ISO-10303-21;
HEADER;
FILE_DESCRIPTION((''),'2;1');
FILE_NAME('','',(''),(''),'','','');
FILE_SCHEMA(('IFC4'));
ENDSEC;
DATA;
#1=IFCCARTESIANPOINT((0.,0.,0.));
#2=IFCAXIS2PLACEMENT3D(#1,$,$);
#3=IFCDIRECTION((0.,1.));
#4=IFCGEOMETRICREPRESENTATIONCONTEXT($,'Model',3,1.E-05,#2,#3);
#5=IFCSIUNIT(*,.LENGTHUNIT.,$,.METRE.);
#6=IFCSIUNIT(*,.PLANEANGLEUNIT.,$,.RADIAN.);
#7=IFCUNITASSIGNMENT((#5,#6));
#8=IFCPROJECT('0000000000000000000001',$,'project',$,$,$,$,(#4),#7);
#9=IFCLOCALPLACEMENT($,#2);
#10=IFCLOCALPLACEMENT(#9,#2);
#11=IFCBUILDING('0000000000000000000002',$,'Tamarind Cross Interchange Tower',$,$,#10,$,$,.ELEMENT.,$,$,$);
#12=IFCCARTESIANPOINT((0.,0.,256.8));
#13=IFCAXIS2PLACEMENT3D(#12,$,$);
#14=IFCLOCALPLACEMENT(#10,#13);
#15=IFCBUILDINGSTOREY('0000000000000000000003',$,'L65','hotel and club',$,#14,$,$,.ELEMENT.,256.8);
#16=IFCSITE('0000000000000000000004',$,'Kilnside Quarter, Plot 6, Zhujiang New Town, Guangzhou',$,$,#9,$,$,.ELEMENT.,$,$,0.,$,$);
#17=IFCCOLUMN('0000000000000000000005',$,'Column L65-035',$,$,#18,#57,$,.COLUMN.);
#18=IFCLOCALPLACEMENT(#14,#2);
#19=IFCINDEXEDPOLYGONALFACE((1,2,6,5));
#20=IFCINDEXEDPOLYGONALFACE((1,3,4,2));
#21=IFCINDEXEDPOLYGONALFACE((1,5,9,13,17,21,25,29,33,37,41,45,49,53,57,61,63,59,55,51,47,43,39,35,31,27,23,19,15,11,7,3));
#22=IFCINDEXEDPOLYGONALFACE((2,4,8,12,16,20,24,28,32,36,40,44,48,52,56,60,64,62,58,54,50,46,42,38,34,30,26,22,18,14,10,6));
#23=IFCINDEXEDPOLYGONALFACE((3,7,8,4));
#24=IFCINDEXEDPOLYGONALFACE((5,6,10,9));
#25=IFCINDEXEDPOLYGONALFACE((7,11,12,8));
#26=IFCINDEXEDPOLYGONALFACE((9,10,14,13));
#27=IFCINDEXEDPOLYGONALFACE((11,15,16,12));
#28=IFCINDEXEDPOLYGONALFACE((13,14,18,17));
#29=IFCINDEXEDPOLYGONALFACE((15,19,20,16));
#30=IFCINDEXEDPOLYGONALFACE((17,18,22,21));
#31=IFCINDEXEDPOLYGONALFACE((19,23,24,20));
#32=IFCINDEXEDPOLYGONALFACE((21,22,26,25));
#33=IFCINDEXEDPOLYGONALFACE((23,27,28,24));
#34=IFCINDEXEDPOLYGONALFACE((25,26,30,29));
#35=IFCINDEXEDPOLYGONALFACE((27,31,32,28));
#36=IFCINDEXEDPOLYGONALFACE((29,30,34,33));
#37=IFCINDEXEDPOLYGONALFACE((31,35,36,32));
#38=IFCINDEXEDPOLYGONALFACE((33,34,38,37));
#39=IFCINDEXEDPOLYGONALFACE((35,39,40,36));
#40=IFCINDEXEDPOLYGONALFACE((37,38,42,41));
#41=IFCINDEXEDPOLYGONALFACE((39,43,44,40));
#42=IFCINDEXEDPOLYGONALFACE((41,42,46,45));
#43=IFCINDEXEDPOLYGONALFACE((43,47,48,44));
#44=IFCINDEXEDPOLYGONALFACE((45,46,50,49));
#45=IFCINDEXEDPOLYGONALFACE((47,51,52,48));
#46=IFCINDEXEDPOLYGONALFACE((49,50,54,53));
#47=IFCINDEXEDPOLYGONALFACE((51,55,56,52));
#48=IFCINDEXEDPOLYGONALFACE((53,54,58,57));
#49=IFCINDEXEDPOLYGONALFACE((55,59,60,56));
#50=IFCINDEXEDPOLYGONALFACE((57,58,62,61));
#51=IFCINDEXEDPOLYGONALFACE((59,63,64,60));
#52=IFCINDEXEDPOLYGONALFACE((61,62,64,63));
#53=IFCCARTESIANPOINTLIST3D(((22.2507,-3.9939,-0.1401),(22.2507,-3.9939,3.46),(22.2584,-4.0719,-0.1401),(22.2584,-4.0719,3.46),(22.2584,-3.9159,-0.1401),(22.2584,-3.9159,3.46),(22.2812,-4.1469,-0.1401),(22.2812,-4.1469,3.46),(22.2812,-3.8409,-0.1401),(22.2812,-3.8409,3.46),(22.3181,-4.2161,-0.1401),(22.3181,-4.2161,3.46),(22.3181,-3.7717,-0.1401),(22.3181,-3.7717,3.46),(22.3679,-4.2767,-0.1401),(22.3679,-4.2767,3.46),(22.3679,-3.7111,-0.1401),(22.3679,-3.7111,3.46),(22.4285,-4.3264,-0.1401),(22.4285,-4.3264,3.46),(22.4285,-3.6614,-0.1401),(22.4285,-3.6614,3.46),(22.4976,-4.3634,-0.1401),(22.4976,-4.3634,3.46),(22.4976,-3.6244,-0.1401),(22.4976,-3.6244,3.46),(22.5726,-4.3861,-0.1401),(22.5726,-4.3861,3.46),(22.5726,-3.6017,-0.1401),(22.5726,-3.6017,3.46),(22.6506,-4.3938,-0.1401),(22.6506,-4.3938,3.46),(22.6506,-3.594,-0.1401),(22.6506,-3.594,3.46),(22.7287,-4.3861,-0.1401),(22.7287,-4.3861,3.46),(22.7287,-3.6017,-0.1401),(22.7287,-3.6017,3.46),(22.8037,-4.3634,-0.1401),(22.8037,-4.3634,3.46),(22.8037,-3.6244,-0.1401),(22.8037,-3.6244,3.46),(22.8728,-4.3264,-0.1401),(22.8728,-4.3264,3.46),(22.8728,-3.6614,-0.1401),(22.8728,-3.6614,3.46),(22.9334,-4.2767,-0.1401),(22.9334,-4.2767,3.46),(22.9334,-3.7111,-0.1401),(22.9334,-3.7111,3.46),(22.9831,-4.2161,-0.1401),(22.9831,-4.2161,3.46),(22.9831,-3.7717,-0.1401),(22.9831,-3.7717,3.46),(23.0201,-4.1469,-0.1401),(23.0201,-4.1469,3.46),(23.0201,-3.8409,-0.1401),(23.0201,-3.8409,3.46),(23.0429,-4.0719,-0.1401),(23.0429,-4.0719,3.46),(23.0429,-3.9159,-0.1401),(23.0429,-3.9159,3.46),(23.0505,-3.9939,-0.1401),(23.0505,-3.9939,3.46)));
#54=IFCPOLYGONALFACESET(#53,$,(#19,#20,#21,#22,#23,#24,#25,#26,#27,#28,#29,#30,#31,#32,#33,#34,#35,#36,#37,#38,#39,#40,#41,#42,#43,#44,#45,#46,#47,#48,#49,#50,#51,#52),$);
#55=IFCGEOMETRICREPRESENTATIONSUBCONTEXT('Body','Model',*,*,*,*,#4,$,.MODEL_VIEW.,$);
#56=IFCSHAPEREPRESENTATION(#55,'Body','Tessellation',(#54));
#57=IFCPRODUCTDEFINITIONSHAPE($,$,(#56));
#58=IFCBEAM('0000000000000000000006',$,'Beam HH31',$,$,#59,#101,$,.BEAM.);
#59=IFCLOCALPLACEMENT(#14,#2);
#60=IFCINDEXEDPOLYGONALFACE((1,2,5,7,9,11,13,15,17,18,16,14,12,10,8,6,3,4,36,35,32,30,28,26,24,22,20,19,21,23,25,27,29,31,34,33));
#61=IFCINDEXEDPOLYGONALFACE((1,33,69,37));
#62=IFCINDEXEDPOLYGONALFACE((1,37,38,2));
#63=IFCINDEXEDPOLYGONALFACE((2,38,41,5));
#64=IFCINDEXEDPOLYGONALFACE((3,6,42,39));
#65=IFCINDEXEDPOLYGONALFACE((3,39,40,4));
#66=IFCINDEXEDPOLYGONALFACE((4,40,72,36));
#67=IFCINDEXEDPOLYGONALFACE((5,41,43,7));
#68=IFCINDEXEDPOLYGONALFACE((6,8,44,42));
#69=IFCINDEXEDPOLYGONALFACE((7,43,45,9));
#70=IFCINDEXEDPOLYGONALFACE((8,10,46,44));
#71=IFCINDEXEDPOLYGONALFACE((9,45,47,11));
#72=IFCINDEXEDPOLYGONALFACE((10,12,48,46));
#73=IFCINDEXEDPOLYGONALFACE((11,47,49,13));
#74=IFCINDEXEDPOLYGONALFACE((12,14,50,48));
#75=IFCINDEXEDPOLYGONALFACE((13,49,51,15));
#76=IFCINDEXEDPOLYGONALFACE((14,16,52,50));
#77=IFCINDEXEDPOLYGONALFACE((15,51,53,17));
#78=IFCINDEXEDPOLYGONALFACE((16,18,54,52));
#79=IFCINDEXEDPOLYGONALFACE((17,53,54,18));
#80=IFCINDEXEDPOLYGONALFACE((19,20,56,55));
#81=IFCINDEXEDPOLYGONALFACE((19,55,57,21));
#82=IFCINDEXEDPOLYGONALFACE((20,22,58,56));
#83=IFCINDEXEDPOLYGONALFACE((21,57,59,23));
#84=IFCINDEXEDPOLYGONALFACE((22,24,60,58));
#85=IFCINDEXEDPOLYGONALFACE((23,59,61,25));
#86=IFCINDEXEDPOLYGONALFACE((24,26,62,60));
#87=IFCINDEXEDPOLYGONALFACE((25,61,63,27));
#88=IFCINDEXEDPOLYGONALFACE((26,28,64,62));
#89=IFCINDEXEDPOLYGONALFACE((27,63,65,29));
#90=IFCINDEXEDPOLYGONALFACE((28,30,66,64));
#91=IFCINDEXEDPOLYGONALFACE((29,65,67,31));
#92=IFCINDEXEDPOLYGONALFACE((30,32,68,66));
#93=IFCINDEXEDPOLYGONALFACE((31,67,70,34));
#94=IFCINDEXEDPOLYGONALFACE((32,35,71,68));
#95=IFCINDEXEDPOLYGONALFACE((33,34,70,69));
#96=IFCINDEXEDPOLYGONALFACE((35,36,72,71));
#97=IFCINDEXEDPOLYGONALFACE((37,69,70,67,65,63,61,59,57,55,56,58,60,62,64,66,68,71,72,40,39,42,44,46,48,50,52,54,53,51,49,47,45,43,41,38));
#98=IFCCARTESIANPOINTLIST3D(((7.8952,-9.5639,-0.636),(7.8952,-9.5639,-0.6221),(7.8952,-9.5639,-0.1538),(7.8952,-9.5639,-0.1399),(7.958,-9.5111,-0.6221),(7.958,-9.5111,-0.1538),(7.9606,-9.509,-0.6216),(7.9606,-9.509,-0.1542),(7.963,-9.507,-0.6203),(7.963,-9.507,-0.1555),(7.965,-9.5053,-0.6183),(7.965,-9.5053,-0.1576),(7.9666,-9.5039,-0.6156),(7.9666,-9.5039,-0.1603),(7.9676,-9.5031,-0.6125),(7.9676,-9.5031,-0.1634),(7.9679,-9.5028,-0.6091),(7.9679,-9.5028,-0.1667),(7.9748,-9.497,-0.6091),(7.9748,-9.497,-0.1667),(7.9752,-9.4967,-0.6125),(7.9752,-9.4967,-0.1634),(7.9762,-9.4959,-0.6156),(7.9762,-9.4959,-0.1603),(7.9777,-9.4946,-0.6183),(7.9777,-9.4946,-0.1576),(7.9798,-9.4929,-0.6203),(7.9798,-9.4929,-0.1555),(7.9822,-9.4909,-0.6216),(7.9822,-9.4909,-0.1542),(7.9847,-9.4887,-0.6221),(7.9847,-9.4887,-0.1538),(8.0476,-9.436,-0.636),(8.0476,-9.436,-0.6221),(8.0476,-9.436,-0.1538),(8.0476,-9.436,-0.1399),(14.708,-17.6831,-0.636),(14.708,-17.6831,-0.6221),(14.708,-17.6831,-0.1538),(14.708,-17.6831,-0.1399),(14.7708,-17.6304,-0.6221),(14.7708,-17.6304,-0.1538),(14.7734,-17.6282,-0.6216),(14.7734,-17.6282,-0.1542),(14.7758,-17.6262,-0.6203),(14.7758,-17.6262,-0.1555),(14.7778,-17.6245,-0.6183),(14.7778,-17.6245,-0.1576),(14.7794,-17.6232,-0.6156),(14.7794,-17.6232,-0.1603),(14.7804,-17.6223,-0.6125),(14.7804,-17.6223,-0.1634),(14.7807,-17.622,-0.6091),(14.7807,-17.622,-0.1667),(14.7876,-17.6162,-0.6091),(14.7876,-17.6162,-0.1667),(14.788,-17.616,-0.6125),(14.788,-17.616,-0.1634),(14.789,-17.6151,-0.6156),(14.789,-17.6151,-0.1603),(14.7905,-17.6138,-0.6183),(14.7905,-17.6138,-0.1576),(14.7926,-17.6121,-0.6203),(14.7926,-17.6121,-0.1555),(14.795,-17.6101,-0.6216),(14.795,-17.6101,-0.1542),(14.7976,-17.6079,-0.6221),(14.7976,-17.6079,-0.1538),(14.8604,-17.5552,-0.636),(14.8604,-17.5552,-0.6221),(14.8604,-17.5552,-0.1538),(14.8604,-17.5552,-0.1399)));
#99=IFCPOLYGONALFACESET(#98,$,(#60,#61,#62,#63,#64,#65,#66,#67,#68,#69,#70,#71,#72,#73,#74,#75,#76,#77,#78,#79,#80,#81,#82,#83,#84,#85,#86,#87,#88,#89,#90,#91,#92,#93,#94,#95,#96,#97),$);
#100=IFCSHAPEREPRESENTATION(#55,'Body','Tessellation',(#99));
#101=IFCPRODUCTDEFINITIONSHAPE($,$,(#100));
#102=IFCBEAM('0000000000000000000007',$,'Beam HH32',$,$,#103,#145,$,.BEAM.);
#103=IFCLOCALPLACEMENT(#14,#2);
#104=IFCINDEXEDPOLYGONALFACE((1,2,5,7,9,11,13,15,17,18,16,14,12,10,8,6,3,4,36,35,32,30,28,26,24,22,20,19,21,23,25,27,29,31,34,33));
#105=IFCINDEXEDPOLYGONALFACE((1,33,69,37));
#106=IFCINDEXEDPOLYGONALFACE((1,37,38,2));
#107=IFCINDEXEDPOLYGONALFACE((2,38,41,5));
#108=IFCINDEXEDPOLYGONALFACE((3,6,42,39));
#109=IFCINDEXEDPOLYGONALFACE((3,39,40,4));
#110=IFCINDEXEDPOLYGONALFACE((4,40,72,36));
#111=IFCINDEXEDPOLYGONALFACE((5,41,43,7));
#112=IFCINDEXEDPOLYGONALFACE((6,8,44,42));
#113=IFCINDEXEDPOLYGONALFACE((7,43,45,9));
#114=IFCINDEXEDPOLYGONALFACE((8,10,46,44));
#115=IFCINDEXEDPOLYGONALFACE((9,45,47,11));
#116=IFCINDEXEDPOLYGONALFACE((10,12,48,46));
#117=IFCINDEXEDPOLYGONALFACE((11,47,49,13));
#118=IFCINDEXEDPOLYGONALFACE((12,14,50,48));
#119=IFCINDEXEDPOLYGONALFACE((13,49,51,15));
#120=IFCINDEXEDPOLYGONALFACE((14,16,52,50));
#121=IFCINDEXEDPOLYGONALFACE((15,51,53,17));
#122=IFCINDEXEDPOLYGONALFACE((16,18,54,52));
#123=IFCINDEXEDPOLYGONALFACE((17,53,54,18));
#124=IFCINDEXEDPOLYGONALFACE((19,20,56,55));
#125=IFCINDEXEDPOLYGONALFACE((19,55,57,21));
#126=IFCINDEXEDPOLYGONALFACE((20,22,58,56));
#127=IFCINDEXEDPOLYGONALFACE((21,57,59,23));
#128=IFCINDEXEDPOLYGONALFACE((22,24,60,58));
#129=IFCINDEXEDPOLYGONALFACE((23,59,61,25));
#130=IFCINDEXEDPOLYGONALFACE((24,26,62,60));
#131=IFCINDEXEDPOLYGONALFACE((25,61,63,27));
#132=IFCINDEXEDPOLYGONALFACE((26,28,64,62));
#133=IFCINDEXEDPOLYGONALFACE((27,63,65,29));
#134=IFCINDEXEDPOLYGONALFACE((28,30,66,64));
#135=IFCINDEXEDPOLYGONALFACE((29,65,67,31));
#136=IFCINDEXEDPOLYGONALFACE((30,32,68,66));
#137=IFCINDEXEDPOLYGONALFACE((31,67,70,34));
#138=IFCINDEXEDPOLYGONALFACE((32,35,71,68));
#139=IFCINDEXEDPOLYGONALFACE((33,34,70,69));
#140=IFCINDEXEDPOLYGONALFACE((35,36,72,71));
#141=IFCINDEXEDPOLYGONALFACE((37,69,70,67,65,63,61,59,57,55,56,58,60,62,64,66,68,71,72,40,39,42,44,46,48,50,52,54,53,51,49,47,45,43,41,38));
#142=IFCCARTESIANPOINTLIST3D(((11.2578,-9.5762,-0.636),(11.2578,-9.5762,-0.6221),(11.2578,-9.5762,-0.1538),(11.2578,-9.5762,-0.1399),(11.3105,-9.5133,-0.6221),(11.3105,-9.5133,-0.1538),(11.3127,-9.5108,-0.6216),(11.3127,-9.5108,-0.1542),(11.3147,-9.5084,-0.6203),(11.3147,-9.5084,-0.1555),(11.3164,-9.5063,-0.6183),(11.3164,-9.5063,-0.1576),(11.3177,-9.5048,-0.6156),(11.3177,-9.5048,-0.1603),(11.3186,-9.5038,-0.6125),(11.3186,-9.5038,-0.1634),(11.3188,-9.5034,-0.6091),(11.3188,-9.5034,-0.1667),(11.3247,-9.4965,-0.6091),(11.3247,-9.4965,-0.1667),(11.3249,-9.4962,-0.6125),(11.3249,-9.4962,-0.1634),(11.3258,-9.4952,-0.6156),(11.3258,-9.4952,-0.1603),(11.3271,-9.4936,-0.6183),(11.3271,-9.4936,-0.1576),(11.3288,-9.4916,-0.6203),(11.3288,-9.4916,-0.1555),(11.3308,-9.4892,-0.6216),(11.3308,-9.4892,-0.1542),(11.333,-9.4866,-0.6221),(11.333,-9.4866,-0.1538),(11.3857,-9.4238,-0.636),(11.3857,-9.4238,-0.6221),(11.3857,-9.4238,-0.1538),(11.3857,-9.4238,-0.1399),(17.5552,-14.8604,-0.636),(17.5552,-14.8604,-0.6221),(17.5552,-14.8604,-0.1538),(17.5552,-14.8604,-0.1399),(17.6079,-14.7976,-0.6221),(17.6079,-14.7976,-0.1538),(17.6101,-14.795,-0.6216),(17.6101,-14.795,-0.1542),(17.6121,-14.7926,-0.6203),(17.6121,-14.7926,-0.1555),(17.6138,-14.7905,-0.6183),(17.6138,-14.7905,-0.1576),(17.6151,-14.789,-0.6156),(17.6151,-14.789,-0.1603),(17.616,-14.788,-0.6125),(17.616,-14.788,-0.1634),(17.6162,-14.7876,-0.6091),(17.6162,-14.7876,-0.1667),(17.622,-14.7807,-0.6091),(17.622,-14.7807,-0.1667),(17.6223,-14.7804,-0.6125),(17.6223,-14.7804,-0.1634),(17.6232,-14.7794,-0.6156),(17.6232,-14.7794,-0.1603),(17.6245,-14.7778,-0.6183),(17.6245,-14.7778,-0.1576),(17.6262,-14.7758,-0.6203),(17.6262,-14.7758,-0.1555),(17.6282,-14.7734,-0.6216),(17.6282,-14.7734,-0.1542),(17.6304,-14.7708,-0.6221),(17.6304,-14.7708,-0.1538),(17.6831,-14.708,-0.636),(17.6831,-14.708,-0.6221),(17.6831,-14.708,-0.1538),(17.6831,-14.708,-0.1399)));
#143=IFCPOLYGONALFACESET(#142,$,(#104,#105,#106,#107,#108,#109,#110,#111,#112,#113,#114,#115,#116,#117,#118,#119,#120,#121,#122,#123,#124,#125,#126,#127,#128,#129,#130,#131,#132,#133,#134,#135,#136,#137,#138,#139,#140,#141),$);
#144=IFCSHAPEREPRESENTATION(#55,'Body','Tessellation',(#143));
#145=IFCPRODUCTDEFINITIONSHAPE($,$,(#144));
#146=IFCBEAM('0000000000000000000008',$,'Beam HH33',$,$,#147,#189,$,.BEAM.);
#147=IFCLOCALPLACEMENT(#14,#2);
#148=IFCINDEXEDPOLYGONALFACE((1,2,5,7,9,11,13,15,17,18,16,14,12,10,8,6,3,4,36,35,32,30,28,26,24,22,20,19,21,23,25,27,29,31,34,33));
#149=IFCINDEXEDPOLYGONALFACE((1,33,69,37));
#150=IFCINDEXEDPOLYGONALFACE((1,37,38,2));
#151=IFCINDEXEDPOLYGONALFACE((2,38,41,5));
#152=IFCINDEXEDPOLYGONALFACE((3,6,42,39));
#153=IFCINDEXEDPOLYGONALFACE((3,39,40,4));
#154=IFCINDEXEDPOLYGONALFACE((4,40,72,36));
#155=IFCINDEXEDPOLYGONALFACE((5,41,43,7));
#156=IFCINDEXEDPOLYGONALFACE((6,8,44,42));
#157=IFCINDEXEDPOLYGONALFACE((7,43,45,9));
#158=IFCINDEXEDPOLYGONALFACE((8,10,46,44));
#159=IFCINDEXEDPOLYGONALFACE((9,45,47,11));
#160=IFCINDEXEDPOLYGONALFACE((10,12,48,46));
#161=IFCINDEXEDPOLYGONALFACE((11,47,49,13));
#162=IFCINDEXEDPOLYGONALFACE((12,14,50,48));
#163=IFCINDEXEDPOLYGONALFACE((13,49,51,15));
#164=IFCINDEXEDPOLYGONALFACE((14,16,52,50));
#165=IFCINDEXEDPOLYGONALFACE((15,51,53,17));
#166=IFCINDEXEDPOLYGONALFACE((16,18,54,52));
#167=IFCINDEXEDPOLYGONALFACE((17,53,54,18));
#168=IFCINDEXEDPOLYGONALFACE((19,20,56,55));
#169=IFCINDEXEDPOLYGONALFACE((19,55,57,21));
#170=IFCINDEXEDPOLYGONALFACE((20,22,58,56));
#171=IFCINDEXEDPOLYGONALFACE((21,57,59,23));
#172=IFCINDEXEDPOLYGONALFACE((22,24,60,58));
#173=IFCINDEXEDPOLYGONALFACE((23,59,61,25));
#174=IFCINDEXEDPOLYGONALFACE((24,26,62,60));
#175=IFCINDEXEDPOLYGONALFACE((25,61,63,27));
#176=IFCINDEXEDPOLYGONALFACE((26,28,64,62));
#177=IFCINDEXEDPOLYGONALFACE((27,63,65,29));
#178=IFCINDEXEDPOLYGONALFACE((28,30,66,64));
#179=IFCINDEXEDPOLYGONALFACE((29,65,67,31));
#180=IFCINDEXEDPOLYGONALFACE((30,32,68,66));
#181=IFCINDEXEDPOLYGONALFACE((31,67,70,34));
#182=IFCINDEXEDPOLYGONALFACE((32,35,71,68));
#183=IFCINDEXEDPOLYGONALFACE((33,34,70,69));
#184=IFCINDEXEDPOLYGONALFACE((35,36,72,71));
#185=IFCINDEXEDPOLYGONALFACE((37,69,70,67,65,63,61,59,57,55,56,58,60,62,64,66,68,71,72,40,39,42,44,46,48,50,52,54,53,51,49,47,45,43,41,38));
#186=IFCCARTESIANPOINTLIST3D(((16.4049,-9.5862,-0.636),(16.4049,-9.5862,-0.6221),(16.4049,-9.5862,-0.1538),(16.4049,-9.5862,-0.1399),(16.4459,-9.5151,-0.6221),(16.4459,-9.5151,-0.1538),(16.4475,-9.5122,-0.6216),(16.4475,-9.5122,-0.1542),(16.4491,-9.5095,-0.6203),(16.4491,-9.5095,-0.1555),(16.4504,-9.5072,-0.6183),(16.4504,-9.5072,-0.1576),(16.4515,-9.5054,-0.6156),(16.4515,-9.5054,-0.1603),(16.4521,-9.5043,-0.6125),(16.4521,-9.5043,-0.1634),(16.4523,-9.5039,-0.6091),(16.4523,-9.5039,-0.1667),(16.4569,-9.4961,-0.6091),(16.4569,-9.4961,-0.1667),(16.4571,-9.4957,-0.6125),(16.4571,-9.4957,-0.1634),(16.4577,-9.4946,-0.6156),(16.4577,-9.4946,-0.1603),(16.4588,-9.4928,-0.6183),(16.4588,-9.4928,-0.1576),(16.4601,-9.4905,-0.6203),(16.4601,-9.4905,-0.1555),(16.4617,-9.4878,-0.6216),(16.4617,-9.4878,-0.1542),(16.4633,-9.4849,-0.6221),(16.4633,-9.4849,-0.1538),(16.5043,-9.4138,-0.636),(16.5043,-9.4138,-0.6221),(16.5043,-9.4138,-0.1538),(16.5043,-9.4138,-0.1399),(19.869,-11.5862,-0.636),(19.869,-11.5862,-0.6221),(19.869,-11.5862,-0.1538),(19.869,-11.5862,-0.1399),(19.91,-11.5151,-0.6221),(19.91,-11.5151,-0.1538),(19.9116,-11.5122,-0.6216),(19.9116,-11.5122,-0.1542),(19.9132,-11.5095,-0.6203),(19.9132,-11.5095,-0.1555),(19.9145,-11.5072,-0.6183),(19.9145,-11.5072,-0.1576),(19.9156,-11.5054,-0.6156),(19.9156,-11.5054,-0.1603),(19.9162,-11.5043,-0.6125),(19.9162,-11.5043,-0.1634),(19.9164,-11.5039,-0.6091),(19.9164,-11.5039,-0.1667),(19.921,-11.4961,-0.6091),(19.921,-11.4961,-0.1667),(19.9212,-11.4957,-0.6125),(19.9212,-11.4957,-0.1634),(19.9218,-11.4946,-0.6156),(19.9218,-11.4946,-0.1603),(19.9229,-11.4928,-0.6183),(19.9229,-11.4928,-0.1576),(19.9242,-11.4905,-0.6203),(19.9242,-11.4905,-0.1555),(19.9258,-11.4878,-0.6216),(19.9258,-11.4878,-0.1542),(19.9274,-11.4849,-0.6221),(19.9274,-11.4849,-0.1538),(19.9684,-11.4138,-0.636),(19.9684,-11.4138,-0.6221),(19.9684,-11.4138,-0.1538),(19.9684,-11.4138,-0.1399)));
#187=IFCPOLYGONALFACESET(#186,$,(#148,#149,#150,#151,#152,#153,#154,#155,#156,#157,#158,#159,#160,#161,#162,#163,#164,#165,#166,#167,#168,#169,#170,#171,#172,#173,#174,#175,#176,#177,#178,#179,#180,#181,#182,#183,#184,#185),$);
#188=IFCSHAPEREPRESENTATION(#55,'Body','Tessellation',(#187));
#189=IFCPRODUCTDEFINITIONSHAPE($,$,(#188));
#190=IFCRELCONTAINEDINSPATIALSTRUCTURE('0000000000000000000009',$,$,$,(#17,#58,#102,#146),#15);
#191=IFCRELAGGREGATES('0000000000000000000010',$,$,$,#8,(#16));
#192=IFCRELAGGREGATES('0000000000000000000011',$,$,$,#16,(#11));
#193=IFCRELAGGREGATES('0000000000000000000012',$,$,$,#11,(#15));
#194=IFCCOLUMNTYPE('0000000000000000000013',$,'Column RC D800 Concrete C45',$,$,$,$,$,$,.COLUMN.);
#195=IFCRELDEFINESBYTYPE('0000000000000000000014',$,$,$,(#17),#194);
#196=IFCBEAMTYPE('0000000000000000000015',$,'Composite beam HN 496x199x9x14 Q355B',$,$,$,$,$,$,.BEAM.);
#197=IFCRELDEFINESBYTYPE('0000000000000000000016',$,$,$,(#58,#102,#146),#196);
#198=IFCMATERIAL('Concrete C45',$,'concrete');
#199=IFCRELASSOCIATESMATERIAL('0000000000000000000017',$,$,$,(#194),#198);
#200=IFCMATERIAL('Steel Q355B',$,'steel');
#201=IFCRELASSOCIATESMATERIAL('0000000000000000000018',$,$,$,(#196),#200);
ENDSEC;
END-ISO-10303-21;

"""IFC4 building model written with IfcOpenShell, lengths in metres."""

from ifc_helpers import new_model, si_unit, direction, frame, origin, origin_2d, place, context, subcontext, project, spatial, circle, i_section, extrude, material, material_profile, profile_set, type_object, element, save


model = new_model("IFC4")

# Units and contexts
model_context = context("Model", 3, precision=1e-05, world=origin(), true_north=direction((0.0, 1.0)))
body_context = subcontext(model_context, "Body", "Model", "MODEL_VIEW")
ifc_project = project(units=[si_unit("LENGTHUNIT", "METRE"), si_unit("PLANEANGLEUNIT", "RADIAN")], contexts=[model_context])

# Site, building, storey
site_placement = place(None, origin())
site = spatial("IfcSite", under=ifc_project, at=site_placement, Name="Kilnside Quarter, Plot 6, Zhujiang New Town, Guangzhou", CompositionType="ELEMENT", RefElevation=0.0)
building_placement = place(site_placement, origin())
building = spatial("IfcBuilding", under=site, at=building_placement, Name="Tamarind Cross Interchange Tower", CompositionType="ELEMENT")
storey_placement = place(building_placement, frame((0.0, 0.0, 256.8)))
storey = spatial("IfcBuildingStorey", under=building, at=storey_placement, Name="L65", Description="hotel and club", CompositionType="ELEMENT", Elevation=256.8)

# Column
ifc_material_1 = material(Name="Concrete C45", Category="concrete")
ifc_material_profile_1 = material_profile(ifc_material_1, circle(Radius=0.3999, at=origin_2d()), Name="RC D800")
ifc_profile_set_1 = profile_set([ifc_material_profile_1], Name="Concrete C45")
column_type = type_object("IfcColumnType", Name="Column RC D800 Concrete C45", PredefinedType="COLUMN", material=ifc_profile_set_1)
for number, where, z_axis, x_axis, name in (
    (1, (22.6506, -3.9939, -0.1401), (0.0, 0.0, 1.0), (1.0, 0.0, 0.0), "Column L65-035"),
):
    element("IfcColumn", number, at=place(storey_placement, frame(where, z_axis=z_axis, x_axis=x_axis)), inside=storey, type_object=column_type, Name=name, PredefinedType="COLUMN", context=body_context, shape_type="SweptSolid", body=[
        extrude(circle(Radius=0.3999, at=origin_2d()), origin(), (0.0, 0.0, 1.0), 3.6001),
    ])

# Beams
ifc_material_2 = material(Name="Steel Q355B", Category="steel")
ifc_material_profile_2 = material_profile(ifc_material_2, i_section(OverallWidth=0.199, OverallDepth=0.4961, WebThickness=0.009, FlangeThickness=0.0139, FilletRadius=0.0129, at=origin_2d()), Name="HN 496x199x9x14")
ifc_profile_set_2 = profile_set([ifc_material_profile_2], Name="Steel Q355B")
beam_type = type_object("IfcBeamType", Name="Composite beam HN 496x199x9x14 Q355B", PredefinedType="BEAM", material=ifc_profile_set_2)
beam_1_placement = place(storey_placement, frame((14.7842, -17.6191, -0.3879), z_axis=(-0.642786, 0.766046, 0.0), x_axis=(-0.766046, -0.642786, 0.0)))
element("IfcBeam", 2, at=beam_1_placement, inside=storey, type_object=beam_type, Name="Beam HH31", PredefinedType="BEAM", context=body_context, shape_type="SweptSolid", body=[
    extrude(i_section(OverallWidth=0.199, OverallDepth=0.4961, WebThickness=0.009, FlangeThickness=0.0139, FilletRadius=0.0129, at=origin_2d()), origin(), (0.0, 0.0, 1.0), 10.5989),
])
beam_2_placement = place(storey_placement, frame((17.6191, -14.7842, -0.3879), z_axis=(-0.766041, 0.642792, 0.0), x_axis=(-0.642792, -0.766041, 0.0)))
element("IfcBeam", 3, at=beam_2_placement, inside=storey, type_object=beam_type, Name="Beam HH32", PredefinedType="BEAM", context=body_context, shape_type="SweptSolid", body=[
    extrude(i_section(OverallWidth=0.199, OverallDepth=0.4961, WebThickness=0.009, FlangeThickness=0.0139, FilletRadius=0.0129, at=origin_2d()), origin(), (0.0, 0.0, 1.0), 8.2207),
])
beam_3_placement = place(storey_placement, frame((19.9187, -11.5, -0.3879), z_axis=(-0.866026, 0.499999, 0.0), x_axis=(-0.499999, -0.866026, 0.0)))
element("IfcBeam", 4, at=beam_3_placement, inside=storey, type_object=beam_type, Name="Beam HH33", PredefinedType="BEAM", context=body_context, shape_type="SweptSolid", body=[
    extrude(i_section(OverallWidth=0.199, OverallDepth=0.4961, WebThickness=0.009, FlangeThickness=0.0139, FilletRadius=0.0129, at=origin_2d()), origin(), (0.0, 0.0, 1.0), 4.0),
])

save(model, "model.ifc")
